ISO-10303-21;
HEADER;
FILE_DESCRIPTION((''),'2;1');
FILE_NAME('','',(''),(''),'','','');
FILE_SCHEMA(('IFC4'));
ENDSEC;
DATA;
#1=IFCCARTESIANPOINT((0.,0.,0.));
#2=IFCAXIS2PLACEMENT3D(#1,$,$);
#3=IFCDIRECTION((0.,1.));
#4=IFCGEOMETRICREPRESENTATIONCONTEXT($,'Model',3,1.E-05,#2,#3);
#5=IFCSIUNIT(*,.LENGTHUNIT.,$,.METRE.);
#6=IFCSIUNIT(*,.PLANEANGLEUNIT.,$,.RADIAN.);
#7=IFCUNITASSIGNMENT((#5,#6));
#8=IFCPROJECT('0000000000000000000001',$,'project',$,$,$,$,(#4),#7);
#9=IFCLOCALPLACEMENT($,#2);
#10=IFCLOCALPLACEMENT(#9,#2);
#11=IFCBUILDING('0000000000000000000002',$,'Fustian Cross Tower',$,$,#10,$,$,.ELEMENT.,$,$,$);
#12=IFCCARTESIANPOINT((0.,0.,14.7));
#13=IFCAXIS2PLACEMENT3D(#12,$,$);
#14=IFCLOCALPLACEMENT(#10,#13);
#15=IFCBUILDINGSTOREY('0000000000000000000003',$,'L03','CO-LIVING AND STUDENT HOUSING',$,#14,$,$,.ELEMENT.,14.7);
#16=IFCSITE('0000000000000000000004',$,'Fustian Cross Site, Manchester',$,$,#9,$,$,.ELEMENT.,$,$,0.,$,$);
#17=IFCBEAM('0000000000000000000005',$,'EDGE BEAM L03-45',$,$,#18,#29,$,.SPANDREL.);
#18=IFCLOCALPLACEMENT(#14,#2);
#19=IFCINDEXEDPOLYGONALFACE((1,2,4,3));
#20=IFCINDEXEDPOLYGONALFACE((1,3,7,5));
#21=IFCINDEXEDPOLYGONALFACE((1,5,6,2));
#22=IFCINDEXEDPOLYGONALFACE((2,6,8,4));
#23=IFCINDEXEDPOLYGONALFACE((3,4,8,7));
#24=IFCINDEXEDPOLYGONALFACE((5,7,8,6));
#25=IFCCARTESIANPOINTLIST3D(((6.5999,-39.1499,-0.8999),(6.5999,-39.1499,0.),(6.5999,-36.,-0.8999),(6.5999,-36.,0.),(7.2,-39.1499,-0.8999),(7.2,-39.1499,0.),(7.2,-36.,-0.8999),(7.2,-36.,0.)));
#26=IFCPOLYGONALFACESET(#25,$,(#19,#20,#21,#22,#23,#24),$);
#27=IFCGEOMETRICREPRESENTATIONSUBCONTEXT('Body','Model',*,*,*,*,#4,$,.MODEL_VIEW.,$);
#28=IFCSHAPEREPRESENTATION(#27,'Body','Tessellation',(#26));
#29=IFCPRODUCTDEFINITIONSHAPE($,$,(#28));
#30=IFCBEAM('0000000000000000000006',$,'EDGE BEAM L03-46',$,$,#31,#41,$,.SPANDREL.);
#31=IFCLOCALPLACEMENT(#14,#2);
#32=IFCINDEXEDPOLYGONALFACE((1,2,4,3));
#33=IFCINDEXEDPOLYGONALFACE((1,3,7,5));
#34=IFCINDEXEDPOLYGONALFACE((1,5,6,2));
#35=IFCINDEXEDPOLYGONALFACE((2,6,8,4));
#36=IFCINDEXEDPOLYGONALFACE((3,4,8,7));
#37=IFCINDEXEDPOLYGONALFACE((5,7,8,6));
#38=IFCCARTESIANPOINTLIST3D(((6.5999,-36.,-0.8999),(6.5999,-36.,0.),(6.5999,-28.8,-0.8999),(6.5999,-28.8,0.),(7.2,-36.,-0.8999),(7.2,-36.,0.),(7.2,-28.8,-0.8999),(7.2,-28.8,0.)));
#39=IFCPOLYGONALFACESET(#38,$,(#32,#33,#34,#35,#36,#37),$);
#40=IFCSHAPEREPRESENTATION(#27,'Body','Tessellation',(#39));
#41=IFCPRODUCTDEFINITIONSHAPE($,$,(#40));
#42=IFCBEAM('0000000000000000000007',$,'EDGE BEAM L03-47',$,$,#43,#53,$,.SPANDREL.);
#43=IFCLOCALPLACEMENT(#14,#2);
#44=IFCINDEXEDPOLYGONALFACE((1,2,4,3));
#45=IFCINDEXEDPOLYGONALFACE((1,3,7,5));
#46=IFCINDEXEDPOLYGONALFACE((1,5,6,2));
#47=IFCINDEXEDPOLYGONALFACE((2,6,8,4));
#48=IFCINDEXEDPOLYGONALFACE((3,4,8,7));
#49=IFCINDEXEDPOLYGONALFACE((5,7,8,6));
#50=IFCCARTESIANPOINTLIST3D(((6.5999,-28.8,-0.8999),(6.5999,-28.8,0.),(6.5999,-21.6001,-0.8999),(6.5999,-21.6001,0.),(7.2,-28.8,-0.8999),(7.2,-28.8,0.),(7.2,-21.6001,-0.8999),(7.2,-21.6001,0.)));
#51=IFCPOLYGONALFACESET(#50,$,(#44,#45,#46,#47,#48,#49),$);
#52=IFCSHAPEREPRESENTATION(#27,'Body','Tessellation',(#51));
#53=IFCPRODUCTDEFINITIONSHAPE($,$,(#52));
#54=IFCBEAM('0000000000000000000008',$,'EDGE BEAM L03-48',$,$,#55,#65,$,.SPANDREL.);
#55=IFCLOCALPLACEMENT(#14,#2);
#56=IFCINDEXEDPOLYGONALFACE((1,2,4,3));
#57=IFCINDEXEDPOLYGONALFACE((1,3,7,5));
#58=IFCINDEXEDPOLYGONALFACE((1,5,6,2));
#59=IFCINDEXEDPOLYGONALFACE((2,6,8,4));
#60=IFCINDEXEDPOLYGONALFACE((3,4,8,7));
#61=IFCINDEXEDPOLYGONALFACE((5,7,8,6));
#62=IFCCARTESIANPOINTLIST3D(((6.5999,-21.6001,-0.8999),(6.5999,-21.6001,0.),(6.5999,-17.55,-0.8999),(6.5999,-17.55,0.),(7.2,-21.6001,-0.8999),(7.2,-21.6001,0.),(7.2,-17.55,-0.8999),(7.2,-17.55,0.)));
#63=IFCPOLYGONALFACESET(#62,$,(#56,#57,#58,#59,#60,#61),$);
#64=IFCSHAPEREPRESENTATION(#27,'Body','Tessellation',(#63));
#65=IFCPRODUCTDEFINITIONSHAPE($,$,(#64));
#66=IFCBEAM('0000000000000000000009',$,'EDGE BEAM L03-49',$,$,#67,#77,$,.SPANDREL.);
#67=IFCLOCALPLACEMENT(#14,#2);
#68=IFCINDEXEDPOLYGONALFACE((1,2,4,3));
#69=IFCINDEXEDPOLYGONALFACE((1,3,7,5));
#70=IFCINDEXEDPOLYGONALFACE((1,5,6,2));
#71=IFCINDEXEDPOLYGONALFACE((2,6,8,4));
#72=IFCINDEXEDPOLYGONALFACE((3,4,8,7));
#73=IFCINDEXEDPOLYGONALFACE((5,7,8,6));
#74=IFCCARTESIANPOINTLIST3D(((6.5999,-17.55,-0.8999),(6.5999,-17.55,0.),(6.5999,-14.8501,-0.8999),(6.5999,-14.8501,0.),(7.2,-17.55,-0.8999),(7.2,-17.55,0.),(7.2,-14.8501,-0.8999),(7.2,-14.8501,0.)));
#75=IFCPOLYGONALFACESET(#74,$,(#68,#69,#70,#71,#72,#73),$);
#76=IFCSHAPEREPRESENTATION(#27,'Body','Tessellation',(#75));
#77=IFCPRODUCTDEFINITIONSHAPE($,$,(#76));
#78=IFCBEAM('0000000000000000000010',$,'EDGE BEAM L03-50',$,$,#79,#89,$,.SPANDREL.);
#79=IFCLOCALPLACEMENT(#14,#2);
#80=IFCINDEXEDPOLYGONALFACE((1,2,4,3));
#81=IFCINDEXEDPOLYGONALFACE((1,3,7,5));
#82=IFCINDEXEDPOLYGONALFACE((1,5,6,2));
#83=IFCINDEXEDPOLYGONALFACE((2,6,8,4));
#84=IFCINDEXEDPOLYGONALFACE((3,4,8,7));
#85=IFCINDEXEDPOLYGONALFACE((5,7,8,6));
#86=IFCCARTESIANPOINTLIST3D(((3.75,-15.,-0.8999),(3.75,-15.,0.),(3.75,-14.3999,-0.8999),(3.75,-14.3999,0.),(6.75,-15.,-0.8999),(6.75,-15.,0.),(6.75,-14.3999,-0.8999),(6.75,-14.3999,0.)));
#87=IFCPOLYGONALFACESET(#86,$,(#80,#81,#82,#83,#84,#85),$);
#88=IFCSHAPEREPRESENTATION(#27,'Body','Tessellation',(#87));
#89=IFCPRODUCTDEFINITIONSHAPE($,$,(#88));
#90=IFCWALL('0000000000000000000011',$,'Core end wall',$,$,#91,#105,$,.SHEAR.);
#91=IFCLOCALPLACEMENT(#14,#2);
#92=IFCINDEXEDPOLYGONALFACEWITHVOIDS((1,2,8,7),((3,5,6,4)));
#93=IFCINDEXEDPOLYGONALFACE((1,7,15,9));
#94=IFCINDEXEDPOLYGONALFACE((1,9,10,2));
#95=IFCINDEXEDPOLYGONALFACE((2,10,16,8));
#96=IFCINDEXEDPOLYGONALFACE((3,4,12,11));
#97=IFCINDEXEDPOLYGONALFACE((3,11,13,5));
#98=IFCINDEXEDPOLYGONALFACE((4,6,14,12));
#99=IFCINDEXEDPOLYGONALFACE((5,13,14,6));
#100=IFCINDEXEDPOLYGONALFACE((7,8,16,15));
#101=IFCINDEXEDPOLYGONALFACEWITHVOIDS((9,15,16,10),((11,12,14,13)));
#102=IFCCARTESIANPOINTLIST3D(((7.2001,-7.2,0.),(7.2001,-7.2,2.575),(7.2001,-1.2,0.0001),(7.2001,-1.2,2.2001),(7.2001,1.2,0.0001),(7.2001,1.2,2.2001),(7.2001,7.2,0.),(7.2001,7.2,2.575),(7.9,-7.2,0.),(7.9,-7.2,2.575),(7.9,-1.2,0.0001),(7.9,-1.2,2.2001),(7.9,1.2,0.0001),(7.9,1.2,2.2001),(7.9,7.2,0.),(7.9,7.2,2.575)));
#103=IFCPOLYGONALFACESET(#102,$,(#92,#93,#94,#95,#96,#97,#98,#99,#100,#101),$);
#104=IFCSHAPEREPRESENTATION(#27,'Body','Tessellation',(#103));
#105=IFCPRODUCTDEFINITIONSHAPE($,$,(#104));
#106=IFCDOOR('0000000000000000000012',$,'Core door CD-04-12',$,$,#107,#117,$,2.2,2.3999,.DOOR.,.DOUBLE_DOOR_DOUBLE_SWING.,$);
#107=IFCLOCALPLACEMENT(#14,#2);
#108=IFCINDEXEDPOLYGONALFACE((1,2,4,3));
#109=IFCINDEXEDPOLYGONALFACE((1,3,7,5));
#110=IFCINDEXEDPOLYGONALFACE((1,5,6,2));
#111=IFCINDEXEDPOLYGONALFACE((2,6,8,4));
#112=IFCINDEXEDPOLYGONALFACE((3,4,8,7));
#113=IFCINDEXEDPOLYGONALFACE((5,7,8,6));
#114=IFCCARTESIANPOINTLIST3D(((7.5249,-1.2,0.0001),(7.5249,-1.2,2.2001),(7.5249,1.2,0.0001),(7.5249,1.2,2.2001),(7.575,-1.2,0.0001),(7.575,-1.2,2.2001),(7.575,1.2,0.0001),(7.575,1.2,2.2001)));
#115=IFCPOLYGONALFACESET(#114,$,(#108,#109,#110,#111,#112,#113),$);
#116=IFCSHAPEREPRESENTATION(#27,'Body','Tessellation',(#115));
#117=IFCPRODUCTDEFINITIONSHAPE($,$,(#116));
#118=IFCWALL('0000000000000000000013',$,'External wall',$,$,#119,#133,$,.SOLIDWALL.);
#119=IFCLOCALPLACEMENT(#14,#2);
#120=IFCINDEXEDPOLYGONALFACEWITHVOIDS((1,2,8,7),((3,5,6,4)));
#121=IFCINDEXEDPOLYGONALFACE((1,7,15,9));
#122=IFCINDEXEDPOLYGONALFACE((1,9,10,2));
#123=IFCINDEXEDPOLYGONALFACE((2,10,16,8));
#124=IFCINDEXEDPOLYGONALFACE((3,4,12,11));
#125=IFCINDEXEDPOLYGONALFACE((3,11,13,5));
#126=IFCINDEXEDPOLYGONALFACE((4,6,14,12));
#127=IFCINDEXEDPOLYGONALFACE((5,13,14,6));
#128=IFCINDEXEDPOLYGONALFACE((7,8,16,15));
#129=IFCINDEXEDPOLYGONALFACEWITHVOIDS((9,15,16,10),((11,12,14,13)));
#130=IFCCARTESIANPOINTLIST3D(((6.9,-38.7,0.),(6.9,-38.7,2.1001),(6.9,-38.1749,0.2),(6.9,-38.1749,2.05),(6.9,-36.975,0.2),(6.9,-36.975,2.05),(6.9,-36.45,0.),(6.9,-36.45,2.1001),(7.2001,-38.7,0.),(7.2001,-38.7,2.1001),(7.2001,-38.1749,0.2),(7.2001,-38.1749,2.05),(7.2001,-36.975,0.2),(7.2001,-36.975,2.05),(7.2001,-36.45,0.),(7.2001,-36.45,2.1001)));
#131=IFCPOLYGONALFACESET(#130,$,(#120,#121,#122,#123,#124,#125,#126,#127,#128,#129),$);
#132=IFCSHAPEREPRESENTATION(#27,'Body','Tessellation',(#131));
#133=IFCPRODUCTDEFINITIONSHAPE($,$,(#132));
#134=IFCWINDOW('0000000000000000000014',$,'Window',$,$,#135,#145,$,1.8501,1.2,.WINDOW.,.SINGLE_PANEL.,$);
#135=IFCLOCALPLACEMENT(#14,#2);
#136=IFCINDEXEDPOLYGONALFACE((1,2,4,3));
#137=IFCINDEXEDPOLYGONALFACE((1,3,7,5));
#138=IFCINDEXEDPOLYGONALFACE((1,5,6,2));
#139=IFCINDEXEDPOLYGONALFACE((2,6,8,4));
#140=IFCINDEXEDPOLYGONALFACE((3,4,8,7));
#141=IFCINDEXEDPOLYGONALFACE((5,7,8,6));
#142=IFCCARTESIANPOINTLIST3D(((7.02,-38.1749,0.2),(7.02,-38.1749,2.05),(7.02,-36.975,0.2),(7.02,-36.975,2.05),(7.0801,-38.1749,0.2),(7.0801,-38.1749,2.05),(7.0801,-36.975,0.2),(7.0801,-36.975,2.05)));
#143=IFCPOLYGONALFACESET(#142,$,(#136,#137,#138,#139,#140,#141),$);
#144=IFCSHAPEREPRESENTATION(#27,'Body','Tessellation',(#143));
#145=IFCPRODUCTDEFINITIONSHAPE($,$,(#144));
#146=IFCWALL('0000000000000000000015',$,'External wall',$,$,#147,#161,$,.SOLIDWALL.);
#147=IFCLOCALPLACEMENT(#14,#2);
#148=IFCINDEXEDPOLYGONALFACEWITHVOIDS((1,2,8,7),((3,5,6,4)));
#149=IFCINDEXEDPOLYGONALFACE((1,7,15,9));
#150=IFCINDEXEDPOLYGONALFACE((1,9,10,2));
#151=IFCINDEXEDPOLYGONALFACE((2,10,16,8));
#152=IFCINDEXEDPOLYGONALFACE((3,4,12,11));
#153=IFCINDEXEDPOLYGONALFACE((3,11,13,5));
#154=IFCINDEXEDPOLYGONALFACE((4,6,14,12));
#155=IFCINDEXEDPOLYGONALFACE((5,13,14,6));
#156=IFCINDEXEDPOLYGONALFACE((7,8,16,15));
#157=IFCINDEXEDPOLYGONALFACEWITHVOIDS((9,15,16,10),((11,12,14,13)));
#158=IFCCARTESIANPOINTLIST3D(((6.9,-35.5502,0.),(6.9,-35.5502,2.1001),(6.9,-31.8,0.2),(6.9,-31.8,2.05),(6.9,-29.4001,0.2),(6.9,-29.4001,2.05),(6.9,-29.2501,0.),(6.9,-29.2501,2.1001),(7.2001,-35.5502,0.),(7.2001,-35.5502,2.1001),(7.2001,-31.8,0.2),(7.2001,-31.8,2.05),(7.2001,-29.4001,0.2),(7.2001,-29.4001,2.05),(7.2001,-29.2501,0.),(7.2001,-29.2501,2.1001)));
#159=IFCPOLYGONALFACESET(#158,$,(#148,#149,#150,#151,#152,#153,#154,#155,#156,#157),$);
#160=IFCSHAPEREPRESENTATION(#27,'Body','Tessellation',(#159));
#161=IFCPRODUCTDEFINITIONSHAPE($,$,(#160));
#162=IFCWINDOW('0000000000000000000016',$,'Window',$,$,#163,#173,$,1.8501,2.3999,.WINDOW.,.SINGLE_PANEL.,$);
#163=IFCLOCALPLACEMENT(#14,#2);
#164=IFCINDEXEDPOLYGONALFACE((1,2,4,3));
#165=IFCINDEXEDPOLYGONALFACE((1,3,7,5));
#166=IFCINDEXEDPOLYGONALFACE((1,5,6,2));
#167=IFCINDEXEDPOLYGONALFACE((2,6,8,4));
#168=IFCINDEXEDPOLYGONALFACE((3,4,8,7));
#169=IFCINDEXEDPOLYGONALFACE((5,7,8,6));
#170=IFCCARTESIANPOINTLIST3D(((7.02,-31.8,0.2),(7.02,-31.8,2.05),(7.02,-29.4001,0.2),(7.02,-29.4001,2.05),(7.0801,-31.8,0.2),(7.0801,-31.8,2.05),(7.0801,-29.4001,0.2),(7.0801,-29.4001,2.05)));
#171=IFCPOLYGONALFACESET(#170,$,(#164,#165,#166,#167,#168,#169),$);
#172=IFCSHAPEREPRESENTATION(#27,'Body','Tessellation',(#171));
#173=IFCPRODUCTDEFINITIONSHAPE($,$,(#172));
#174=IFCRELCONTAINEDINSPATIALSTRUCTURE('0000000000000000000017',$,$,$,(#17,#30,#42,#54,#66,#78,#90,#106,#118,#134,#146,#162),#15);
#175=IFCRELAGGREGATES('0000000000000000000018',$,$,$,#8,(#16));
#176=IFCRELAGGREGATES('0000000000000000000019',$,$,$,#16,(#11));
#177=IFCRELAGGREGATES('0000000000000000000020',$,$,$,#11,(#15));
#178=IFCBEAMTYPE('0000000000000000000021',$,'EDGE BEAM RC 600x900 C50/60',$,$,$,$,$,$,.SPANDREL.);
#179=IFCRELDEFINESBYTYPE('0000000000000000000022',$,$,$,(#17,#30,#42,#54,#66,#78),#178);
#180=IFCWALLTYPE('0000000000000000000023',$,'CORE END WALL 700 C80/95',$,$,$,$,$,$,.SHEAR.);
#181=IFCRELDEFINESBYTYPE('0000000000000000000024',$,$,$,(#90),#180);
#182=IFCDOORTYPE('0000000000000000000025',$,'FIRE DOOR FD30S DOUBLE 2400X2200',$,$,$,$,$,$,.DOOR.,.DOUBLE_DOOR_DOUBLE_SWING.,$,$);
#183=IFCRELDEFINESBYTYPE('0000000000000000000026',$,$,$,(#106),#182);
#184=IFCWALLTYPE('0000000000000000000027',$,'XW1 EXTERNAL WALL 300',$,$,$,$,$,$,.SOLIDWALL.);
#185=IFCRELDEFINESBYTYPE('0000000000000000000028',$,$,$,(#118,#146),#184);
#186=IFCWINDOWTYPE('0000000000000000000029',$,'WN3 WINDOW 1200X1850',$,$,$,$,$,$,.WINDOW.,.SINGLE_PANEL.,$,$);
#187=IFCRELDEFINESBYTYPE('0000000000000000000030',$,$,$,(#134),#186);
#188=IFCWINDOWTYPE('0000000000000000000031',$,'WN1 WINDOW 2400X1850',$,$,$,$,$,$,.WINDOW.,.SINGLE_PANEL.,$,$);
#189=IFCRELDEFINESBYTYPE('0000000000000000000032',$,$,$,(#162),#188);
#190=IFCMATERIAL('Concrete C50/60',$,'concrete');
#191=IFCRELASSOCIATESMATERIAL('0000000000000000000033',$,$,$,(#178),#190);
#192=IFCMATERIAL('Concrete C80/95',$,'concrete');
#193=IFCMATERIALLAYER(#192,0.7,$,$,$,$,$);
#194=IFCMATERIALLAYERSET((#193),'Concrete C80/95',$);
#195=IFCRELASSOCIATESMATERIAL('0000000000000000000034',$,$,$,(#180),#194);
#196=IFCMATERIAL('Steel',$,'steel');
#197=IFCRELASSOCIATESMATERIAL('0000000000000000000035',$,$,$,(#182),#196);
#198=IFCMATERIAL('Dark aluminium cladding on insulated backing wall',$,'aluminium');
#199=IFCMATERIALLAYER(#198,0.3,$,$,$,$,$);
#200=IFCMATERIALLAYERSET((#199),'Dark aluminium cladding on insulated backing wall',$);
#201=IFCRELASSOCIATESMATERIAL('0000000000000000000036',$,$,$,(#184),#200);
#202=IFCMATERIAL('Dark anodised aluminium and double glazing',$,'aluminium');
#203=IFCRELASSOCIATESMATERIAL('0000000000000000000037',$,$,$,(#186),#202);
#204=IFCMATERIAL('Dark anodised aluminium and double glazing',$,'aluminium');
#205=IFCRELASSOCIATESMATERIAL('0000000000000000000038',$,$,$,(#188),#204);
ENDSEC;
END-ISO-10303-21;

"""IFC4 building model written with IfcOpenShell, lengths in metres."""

from ifc_helpers import new_model, si_unit, direction, frame, frame_2d, origin, origin_2d, place, context, subcontext, project, spatial, rectangle, extrude, material, layer, layer_set, material_profile, profile_set, type_object, element, fill, save


model = new_model("IFC4")

# Units and contexts
model_context = context("Model", 3, precision=1e-05, world=origin(), true_north=direction((0.0, 1.0)))
body_context = subcontext(model_context, "Body", "Model", "MODEL_VIEW")
ifc_project = project(units=[si_unit("LENGTHUNIT", "METRE"), si_unit("PLANEANGLEUNIT", "RADIAN")], contexts=[model_context])

# Site, building, storey
site_placement = place(None, origin())
site = spatial("IfcSite", under=ifc_project, at=site_placement, Name="Fustian Cross Site, Manchester", CompositionType="ELEMENT", RefElevation=0.0)
building_placement = place(site_placement, origin())
building = spatial("IfcBuilding", under=site, at=building_placement, Name="Fustian Cross Tower", CompositionType="ELEMENT")
storey_placement = place(building_placement, frame((0.0, 0.0, 14.7)))
storey = spatial("IfcBuildingStorey", under=building, at=storey_placement, Name="L03", Description="CO-LIVING AND STUDENT HOUSING", CompositionType="ELEMENT", Elevation=14.7)

# Beams
ifc_material_1 = material(Name="Concrete C50/60", Category="concrete")
ifc_material_profile = material_profile(ifc_material_1, rectangle(XDim=0.6001, YDim=0.8999, at=origin_2d()), Name="RC 600x900")
ifc_profile_set = profile_set([ifc_material_profile], Name="Concrete C50/60")
beam_type = type_object("IfcBeamType", Name="EDGE BEAM RC 600x900 C50/60", PredefinedType="SPANDREL", material=ifc_profile_set)
beam_1_placement = place(storey_placement, frame((6.8999, -39.1499, -0.45), z_axis=(0.0, 1.0, 0.0), x_axis=(-1.0, 0.0, 0.0)))
element("IfcBeam", 1, at=beam_1_placement, inside=storey, type_object=beam_type, Name="EDGE BEAM L03-45", PredefinedType="SPANDREL", context=body_context, shape_type="SweptSolid", body=[
    extrude(rectangle(XDim=0.6001, YDim=0.8999, at=origin_2d()), origin(), (0.0, 0.0, 1.0), 3.1499),
])
for number, where, z_axis, x_axis, name in (
    (2, (6.8999, -36.0, -0.45), (0.0, 1.0, 0.0), (-1.0, 0.0, 0.0), "EDGE BEAM L03-46"),
    (3, (6.8999, -28.8, -0.45), (0.0, 1.0, 0.0), (-1.0, 0.0, 0.0), "EDGE BEAM L03-47"),
):
    element("IfcBeam", number, at=place(storey_placement, frame(where, z_axis=z_axis, x_axis=x_axis)), inside=storey, type_object=beam_type, Name=name, PredefinedType="SPANDREL", context=body_context, shape_type="SweptSolid", body=[
        extrude(rectangle(XDim=0.6001, YDim=0.8999, at=origin_2d()), origin(), (0.0, 0.0, 1.0), 7.2),
    ])
beam_2_placement = place(storey_placement, frame((6.8999, -21.6001, -0.45), z_axis=(0.0, 1.0, 0.0), x_axis=(-1.0, 0.0, 0.0)))
element("IfcBeam", 4, at=beam_2_placement, inside=storey, type_object=beam_type, Name="EDGE BEAM L03-48", PredefinedType="SPANDREL", context=body_context, shape_type="SweptSolid", body=[
    extrude(rectangle(XDim=0.6001, YDim=0.8999, at=origin_2d()), origin(), (0.0, 0.0, 1.0), 4.05),
])
beam_3_placement = place(storey_placement, frame((6.8999, -17.55, -0.45), z_axis=(0.0, 1.0, 0.0), x_axis=(-1.0, 0.0, 0.0)))
element("IfcBeam", 5, at=beam_3_placement, inside=storey, type_object=beam_type, Name="EDGE BEAM L03-49", PredefinedType="SPANDREL", context=body_context, shape_type="SweptSolid", body=[
    extrude(rectangle(XDim=0.6001, YDim=0.8999, at=origin_2d()), origin(), (0.0, 0.0, 1.0), 2.7),
])
beam_4_placement = place(storey_placement, frame((6.75, -14.7, -0.45), z_axis=(-1.0, 0.0, 0.0), x_axis=(0.0, -1.0, 0.0)))
element("IfcBeam", 6, at=beam_4_placement, inside=storey, type_object=beam_type, Name="EDGE BEAM L03-50", PredefinedType="SPANDREL", context=body_context, shape_type="SweptSolid", body=[
    extrude(rectangle(XDim=0.6001, YDim=0.8999, at=origin_2d()), origin(), (0.0, 0.0, 1.0), 3.0),
])

# Wall, opening, door
ifc_material_2 = material(Name="Concrete C80/95", Category="concrete")
ifc_layer_1 = layer(ifc_material_2, 0.7)
ifc_layer_set_1 = layer_set([ifc_layer_1], Name="Concrete C80/95")
wall_type_1 = type_object("IfcWallType", Name="CORE END WALL 700 C80/95", PredefinedType="SHEAR", material=ifc_layer_set_1)
wall_1_placement = place(storey_placement, frame((7.55, -7.2, 0.0), z_axis=(0.0, 0.0, 1.0), x_axis=(0.0, 1.0, 0.0)))
wall_1 = element("IfcWall", 7, at=wall_1_placement, inside=storey, type_object=wall_type_1, Name="Core end wall", PredefinedType="SHEAR", context=body_context, shape_type="SweptSolid", body=[
    extrude(rectangle(XDim=14.3999, YDim=0.7, at=frame_2d((7.2, 0.0))), origin(), (0.0, 0.0, 1.0), 2.575),
])
opening_1_placement = place(wall_1_placement, frame((6.0, 0.0, 0.0)))
opening_1 = element("IfcOpeningElement", 8, at=opening_1_placement, cuts=wall_1, PredefinedType="OPENING", context=body_context, shape_type="SweptSolid", body=[
    extrude(rectangle(XDim=2.3999, YDim=2.2, at=frame_2d((1.2, 1.1001))), frame((0.0, 0.3599, 0.0), z_axis=(0.0, -1.0, 0.0), x_axis=(1.0, 0.0, 0.0)), (0.0, 0.0, 1.0), 0.72),
])
ifc_material_3 = material(Name="Steel", Category="steel")
door_type = type_object("IfcDoorType", Name="FIRE DOOR FD30S DOUBLE 2400X2200", OperationType="DOUBLE_DOOR_DOUBLE_SWING", PredefinedType="DOOR", material=ifc_material_3)
door_placement = place(opening_1_placement, frame((2.3999, 0.0, 0.0), z_axis=(0.0, 0.0, 1.0), x_axis=(-1.0, 0.0, 0.0)))
door = element("IfcDoor", 9, at=door_placement, inside=storey, type_object=door_type, Name="Core door CD-04-12", OperationType="DOUBLE_DOOR_DOUBLE_SWING", OverallHeight=2.2, OverallWidth=2.3999, PredefinedType="DOOR", context=body_context, shape_type="SweptSolid", body=[
    extrude(rectangle(XDim=2.3999, YDim=2.2, at=frame_2d((1.2, 1.1001))), frame((0.0, 0.0249, 0.0), z_axis=(0.0, -1.0, 0.0), x_axis=(1.0, 0.0, 0.0)), (0.0, 0.0, 1.0), 0.05),
])
fill(opening_1, door)

# Walls, openings, windows
ifc_material_4 = material(Name="Dark aluminium cladding on insulated backing wall", Category="aluminium")
ifc_layer_2 = layer(ifc_material_4, 0.3)
ifc_layer_set_2 = layer_set([ifc_layer_2], Name="Dark aluminium cladding on insulated backing wall")
wall_type_2 = type_object("IfcWallType", Name="XW1 EXTERNAL WALL 300", PredefinedType="SOLIDWALL", material=ifc_layer_set_2)
wall_2_placement = place(storey_placement, frame((7.05, -38.7, 0.0), z_axis=(0.0, 0.0, 1.0), x_axis=(0.0, 1.0, 0.0)))
wall_2 = element("IfcWall", 10, at=wall_2_placement, inside=storey, type_object=wall_type_2, Name="External wall", PredefinedType="SOLIDWALL", context=body_context, shape_type="SweptSolid", body=[
    extrude(rectangle(XDim=2.25, YDim=0.3, at=frame_2d((1.125, 0.0))), origin(), (0.0, 0.0, 1.0), 2.1001),
])
opening_2_placement = place(wall_2_placement, frame((0.5249, 0.0, 0.2)))
opening_2 = element("IfcOpeningElement", 11, at=opening_2_placement, cuts=wall_2, PredefinedType="OPENING", context=body_context, shape_type="SweptSolid", body=[
    extrude(rectangle(XDim=1.2, YDim=1.8501, at=frame_2d((0.6001, 0.925))), frame((0.0, 0.1599, 0.0), z_axis=(0.0, -1.0, 0.0), x_axis=(1.0, 0.0, 0.0)), (0.0, 0.0, 1.0), 0.3201),
])
ifc_material_5 = material(Name="Dark anodised aluminium and double glazing", Category="aluminium")
window_type_1 = type_object("IfcWindowType", Name="WN3 WINDOW 1200X1850", PartitioningType="SINGLE_PANEL", PredefinedType="WINDOW", material=ifc_material_5)
window_1_placement = place(opening_2_placement, origin())
window_1 = element("IfcWindow", 12, at=window_1_placement, inside=storey, type_object=window_type_1, Name="Window", OverallHeight=1.8501, OverallWidth=1.2, PartitioningType="SINGLE_PANEL", PredefinedType="WINDOW", context=body_context, shape_type="SweptSolid", body=[
    extrude(rectangle(XDim=1.2, YDim=1.8501, at=frame_2d((0.6001, 0.925))), frame((0.0, 0.03, 0.0), z_axis=(0.0, -1.0, 0.0), x_axis=(1.0, 0.0, 0.0)), (0.0, 0.0, 1.0), 0.0601),
])
fill(opening_2, window_1)
wall_3_placement = place(storey_placement, frame((7.05, -35.55, 0.0), z_axis=(0.0, 0.0, 1.0), x_axis=(0.0, 1.0, 0.0)))
wall_3 = element("IfcWall", 13, at=wall_3_placement, inside=storey, type_object=wall_type_2, Name="External wall", PredefinedType="SOLIDWALL", context=body_context, shape_type="SweptSolid", body=[
    extrude(rectangle(XDim=6.3, YDim=0.3, at=frame_2d((3.1499, 0.0))), origin(), (0.0, 0.0, 1.0), 2.1001),
])
opening_3_placement = place(wall_3_placement, frame((3.75, 0.0, 0.2)))
opening_3 = element("IfcOpeningElement", 14, at=opening_3_placement, cuts=wall_3, PredefinedType="OPENING", context=body_context, shape_type="SweptSolid", body=[
    extrude(rectangle(XDim=2.3999, YDim=1.8501, at=frame_2d((1.2, 0.925))), frame((0.0, 0.1599, 0.0), z_axis=(0.0, -1.0, 0.0), x_axis=(1.0, 0.0, 0.0)), (0.0, 0.0, 1.0), 0.3201),
])
ifc_material_6 = material(Name="Dark anodised aluminium and double glazing", Category="aluminium")
window_type_2 = type_object("IfcWindowType", Name="WN1 WINDOW 2400X1850", PartitioningType="SINGLE_PANEL", PredefinedType="WINDOW", material=ifc_material_6)
window_2_placement = place(opening_3_placement, origin())
window_2 = element("IfcWindow", 15, at=window_2_placement, inside=storey, type_object=window_type_2, Name="Window", OverallHeight=1.8501, OverallWidth=2.3999, PartitioningType="SINGLE_PANEL", PredefinedType="WINDOW", context=body_context, shape_type="SweptSolid", body=[
    extrude(rectangle(XDim=2.3999, YDim=1.8501, at=frame_2d((1.2, 0.925))), frame((0.0, 0.03, 0.0), z_axis=(0.0, -1.0, 0.0), x_axis=(1.0, 0.0, 0.0)), (0.0, 0.0, 1.0), 0.0601),
])
fill(opening_3, window_2)

save(model, "model.ifc")
